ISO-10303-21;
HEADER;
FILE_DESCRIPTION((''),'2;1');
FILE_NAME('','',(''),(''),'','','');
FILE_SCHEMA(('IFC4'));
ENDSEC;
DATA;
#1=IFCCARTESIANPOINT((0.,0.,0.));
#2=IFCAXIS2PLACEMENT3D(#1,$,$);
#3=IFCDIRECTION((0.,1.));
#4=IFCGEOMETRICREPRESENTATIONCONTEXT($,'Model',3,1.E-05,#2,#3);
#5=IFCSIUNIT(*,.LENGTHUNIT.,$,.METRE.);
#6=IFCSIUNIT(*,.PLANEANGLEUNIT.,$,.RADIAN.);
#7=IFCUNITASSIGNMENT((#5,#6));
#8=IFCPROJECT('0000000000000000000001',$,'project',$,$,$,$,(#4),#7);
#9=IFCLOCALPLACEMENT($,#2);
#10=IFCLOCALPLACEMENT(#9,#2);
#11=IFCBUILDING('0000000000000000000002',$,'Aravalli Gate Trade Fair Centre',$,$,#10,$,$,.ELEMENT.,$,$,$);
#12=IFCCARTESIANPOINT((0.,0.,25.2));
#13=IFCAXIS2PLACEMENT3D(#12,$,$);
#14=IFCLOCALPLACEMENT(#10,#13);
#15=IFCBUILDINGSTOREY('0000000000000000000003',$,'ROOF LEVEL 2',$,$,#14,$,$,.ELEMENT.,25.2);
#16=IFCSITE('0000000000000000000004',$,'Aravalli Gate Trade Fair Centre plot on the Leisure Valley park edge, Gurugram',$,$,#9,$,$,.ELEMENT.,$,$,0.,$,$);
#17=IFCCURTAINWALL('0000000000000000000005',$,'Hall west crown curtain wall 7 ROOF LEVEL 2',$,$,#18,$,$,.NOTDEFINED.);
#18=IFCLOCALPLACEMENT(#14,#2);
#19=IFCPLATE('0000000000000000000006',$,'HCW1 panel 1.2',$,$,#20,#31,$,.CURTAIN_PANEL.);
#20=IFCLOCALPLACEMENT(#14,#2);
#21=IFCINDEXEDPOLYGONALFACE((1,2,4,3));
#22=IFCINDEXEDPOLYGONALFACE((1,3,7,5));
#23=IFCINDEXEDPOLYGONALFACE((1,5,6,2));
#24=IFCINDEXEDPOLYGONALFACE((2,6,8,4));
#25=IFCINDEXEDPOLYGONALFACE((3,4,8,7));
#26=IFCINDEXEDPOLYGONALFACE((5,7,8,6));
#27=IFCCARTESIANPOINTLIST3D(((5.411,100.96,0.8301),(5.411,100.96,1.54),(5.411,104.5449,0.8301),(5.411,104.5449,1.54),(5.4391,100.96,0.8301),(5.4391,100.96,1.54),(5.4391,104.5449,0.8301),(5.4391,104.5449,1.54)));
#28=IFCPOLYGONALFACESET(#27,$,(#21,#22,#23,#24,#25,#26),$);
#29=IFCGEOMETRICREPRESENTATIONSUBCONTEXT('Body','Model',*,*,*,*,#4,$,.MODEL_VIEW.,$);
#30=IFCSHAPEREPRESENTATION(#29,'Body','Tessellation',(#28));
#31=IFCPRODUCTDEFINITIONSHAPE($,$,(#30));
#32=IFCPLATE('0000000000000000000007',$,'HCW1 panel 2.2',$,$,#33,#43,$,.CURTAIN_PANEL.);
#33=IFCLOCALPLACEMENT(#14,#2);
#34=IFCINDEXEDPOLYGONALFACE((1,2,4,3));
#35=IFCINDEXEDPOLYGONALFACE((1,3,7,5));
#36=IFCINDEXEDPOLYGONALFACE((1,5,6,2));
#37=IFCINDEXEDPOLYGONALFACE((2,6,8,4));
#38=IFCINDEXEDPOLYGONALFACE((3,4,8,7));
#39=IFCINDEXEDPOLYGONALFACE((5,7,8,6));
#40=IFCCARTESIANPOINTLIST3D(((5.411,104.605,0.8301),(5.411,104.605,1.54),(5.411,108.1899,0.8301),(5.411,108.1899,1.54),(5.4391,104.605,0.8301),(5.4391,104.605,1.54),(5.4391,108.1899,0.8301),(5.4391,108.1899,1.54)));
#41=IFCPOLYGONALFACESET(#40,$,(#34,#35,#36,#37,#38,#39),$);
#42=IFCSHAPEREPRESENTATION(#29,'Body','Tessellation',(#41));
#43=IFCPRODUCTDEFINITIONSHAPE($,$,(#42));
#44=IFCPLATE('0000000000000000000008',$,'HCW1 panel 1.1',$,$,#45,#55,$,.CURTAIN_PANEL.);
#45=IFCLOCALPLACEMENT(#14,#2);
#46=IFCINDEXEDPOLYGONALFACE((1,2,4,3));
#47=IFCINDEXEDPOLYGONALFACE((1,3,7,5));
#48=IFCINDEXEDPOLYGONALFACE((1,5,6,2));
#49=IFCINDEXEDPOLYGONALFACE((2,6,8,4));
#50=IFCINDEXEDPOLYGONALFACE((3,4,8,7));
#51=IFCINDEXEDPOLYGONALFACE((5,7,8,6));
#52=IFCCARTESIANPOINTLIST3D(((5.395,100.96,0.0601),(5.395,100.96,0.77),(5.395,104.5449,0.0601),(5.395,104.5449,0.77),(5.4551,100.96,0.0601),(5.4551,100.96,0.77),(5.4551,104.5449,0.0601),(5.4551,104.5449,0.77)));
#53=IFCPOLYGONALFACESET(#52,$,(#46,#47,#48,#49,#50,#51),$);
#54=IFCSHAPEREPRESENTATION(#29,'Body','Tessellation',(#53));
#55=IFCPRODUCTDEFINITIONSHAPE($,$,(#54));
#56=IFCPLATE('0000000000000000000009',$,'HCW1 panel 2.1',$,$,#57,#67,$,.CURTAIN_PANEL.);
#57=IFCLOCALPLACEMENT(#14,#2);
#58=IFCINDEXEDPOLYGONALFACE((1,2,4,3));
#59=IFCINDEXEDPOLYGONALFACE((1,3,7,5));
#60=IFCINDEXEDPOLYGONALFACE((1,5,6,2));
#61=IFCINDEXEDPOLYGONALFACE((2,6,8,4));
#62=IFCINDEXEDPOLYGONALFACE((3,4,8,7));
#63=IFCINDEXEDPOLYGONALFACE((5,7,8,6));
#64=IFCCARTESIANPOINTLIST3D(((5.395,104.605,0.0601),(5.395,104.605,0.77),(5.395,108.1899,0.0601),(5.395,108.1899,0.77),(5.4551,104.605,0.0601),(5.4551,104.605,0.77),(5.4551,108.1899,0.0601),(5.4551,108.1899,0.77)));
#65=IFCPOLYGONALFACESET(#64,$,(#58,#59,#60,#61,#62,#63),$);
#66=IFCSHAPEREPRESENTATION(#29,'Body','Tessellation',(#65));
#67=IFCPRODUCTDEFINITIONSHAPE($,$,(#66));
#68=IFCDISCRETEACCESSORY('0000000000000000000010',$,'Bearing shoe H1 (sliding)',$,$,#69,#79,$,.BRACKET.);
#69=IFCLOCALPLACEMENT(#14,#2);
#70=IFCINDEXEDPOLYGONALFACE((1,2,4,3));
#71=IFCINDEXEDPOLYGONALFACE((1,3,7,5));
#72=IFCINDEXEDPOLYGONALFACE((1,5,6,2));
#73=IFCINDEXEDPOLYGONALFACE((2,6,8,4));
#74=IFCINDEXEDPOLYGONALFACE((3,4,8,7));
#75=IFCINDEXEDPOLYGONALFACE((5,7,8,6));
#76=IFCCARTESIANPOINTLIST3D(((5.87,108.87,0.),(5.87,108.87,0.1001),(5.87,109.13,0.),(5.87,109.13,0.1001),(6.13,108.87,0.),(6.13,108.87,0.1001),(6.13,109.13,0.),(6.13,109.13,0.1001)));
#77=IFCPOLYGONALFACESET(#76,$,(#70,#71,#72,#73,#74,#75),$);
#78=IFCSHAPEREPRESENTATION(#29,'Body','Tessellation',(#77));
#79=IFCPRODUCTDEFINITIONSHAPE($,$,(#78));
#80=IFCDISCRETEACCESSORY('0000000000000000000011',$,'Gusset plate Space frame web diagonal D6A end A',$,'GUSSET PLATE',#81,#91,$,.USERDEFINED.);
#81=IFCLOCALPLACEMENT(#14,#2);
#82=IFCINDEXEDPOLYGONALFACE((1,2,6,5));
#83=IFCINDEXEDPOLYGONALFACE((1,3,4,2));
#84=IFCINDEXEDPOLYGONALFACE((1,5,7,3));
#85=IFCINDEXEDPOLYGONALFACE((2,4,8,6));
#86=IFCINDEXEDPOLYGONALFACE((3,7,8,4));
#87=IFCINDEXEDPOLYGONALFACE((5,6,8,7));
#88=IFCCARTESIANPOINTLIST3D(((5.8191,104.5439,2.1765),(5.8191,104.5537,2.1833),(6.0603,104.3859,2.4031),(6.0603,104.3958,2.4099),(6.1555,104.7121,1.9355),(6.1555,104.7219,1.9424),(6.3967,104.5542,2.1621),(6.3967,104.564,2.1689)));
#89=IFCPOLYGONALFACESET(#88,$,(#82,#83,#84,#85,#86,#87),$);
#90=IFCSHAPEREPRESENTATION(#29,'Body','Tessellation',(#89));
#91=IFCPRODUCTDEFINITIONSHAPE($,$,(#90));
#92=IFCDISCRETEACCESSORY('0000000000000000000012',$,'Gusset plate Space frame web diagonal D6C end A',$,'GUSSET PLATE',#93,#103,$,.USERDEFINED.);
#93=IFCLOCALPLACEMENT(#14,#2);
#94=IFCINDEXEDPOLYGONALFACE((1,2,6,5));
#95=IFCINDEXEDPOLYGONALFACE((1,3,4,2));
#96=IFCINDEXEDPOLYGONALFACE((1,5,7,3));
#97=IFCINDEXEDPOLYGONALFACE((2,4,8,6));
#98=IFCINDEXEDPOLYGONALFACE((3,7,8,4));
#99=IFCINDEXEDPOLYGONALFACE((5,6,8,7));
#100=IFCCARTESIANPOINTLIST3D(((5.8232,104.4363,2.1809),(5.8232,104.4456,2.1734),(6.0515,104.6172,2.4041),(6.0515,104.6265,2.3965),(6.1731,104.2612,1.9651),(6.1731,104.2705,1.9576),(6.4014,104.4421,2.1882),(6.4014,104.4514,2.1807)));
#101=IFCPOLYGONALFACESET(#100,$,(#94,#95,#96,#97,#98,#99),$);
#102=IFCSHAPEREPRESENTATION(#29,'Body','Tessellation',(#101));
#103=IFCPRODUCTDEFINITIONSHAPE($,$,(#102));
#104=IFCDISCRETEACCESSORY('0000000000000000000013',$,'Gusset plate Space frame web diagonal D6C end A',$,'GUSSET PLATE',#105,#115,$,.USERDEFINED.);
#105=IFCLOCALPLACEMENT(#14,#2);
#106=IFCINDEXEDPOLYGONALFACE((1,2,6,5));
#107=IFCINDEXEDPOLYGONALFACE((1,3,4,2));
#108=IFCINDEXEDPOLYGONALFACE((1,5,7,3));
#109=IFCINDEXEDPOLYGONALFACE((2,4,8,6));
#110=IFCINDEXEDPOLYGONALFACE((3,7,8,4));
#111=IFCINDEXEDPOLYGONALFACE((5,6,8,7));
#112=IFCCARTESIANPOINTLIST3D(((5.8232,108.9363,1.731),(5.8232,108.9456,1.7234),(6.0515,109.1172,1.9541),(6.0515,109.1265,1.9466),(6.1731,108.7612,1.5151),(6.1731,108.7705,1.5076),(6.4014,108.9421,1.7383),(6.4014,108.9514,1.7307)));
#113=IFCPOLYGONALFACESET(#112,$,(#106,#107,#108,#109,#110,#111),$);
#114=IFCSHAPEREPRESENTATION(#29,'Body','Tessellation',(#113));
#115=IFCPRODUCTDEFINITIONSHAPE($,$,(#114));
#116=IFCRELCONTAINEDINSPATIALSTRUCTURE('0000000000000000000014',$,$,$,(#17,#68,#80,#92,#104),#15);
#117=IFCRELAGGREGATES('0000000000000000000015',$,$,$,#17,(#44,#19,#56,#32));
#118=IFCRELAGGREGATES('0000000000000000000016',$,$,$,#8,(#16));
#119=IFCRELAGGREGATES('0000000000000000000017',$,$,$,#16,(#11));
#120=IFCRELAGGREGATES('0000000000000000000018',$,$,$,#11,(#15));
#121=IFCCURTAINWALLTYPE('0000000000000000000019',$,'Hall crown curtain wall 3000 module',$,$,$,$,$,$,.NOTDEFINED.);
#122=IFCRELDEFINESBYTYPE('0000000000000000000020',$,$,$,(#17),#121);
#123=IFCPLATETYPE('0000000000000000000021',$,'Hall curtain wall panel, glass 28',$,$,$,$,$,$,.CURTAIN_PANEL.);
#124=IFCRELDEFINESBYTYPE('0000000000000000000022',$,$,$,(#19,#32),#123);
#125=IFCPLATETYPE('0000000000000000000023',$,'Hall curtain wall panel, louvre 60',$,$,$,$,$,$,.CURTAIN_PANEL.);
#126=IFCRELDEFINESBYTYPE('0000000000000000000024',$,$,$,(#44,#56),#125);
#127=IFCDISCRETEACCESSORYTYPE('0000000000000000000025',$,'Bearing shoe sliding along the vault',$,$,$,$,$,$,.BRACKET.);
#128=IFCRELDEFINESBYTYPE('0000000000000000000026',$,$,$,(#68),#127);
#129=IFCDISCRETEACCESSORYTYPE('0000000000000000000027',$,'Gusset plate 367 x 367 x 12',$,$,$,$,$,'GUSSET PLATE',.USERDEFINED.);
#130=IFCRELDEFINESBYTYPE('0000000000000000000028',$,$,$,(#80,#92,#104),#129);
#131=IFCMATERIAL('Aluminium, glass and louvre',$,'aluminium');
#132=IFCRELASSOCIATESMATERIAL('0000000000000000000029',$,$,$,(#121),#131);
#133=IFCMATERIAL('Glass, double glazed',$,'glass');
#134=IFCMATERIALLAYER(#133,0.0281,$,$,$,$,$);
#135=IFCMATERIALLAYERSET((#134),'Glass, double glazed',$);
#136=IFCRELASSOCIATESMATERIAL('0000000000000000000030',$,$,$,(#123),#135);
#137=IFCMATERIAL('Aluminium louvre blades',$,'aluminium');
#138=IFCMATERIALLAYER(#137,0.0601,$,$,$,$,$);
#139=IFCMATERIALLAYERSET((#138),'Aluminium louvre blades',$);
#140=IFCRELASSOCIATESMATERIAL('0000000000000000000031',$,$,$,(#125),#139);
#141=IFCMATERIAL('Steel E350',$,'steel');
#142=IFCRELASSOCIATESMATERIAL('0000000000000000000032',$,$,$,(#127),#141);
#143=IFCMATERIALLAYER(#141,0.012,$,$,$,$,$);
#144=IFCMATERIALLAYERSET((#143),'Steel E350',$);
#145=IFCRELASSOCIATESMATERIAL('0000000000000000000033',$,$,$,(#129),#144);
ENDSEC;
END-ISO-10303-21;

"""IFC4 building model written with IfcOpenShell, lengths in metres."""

from ifc_helpers import new_model, si_unit, direction, frame, origin, origin_2d, place, context, subcontext, project, spatial, polyline, rectangle, outline, extrude, material, layer, layer_set, type_object, element, aggregate, save


model = new_model("IFC4")

# Units and contexts
model_context = context("Model", 3, precision=1e-05, world=origin(), true_north=direction((0.0, 1.0)))
body_context = subcontext(model_context, "Body", "Model", "MODEL_VIEW")
ifc_project = project(units=[si_unit("LENGTHUNIT", "METRE"), si_unit("PLANEANGLEUNIT", "RADIAN")], contexts=[model_context])

# Site, building, storey
site_placement = place(None, origin())
site = spatial("IfcSite", under=ifc_project, at=site_placement, Name="Aravalli Gate Trade Fair Centre plot on the Leisure Valley park edge, Gurugram", CompositionType="ELEMENT", RefElevation=0.0)
building_placement = place(site_placement, origin())
building = spatial("IfcBuilding", under=site, at=building_placement, Name="Aravalli Gate Trade Fair Centre", CompositionType="ELEMENT")
storey_placement = place(building_placement, frame((0.0, 0.0, 25.2)))
storey = spatial("IfcBuildingStorey", under=building, at=storey_placement, Name="ROOF LEVEL 2", CompositionType="ELEMENT", Elevation=25.2)

# Shared definitions
ifc_material_1 = material(Name="Steel E350", Category="steel")

# Shared definitions
ifc_material_2 = material(Name="Aluminium, glass and louvre", Category="aluminium")
curtain_wall_type = type_object("IfcCurtainWallType", Name="Hall crown curtain wall 3000 module", PredefinedType="NOTDEFINED", material=ifc_material_2)

# Curtain wall
curtain_wall_1_placement = place(storey_placement, origin())
curtain_wall_1 = element("IfcCurtainWall", 1, at=curtain_wall_1_placement, inside=storey, type_object=curtain_wall_type, Name="Hall west crown curtain wall 7 ROOF LEVEL 2", PredefinedType="NOTDEFINED")

# Plates
ifc_material_3 = material(Name="Glass, double glazed", Category="glass")
ifc_layer_1 = layer(ifc_material_3, 0.0281)
ifc_layer_set_1 = layer_set([ifc_layer_1], Name="Glass, double glazed")
plate_type_1 = type_object("IfcPlateType", Name="Hall curtain wall panel, glass 28", PredefinedType="CURTAIN_PANEL", material=ifc_layer_set_1)
plate_1_placement = place(storey_placement, frame((5.425, 102.7524, 0.8301), z_axis=(0.0, 0.0, 1.0), x_axis=(0.0, 1.0, 0.0)))
plate_1 = element("IfcPlate", 2, at=plate_1_placement, type_object=plate_type_1, Name="HCW1 panel 1.2", PredefinedType="CURTAIN_PANEL", context=body_context, shape_type="SweptSolid", body=[
    extrude(rectangle(XDim=3.585, YDim=0.0281, at=origin_2d()), origin(), (0.0, 0.0, 1.0), 0.71),
])
plate_2_placement = place(storey_placement, frame((5.425, 106.3975, 0.8301), z_axis=(0.0, 0.0, 1.0), x_axis=(0.0, 1.0, 0.0)))
plate_2 = element("IfcPlate", 3, at=plate_2_placement, type_object=plate_type_1, Name="HCW1 panel 2.2", PredefinedType="CURTAIN_PANEL", context=body_context, shape_type="SweptSolid", body=[
    extrude(rectangle(XDim=3.585, YDim=0.0281, at=origin_2d()), origin(), (0.0, 0.0, 1.0), 0.71),
])
ifc_material_4 = material(Name="Aluminium louvre blades", Category="aluminium")
ifc_layer_2 = layer(ifc_material_4, 0.0601)
ifc_layer_set_2 = layer_set([ifc_layer_2], Name="Aluminium louvre blades")
plate_type_2 = type_object("IfcPlateType", Name="Hall curtain wall panel, louvre 60", PredefinedType="CURTAIN_PANEL", material=ifc_layer_set_2)
plate_3_placement = place(storey_placement, frame((5.425, 102.7524, 0.0601), z_axis=(0.0, 0.0, 1.0), x_axis=(0.0, 1.0, 0.0)))
plate_3 = element("IfcPlate", 4, at=plate_3_placement, type_object=plate_type_2, Name="HCW1 panel 1.1", PredefinedType="CURTAIN_PANEL", context=body_context, shape_type="SweptSolid", body=[
    extrude(rectangle(XDim=3.585, YDim=0.0601, at=origin_2d()), origin(), (0.0, 0.0, 1.0), 0.71),
])
plate_4_placement = place(storey_placement, frame((5.425, 106.3975, 0.0601), z_axis=(0.0, 0.0, 1.0), x_axis=(0.0, 1.0, 0.0)))
plate_4 = element("IfcPlate", 5, at=plate_4_placement, type_object=plate_type_2, Name="HCW1 panel 2.1", PredefinedType="CURTAIN_PANEL", context=body_context, shape_type="SweptSolid", body=[
    extrude(rectangle(XDim=3.585, YDim=0.0601, at=origin_2d()), origin(), (0.0, 0.0, 1.0), 0.71),
])
aggregate(curtain_wall_1, [plate_3, plate_1, plate_4, plate_2])

# Discrete accessories
discrete_accessory_type_1 = type_object("IfcDiscreteAccessoryType", Name="Bearing shoe sliding along the vault", PredefinedType="BRACKET", material=ifc_material_1)
discrete_accessory_1_placement = place(storey_placement, frame((6.0, 109.0, 0.0), z_axis=(0.0, 0.0, 1.0), x_axis=(1.0, 0.0, 0.0)))
element("IfcDiscreteAccessory", 6, at=discrete_accessory_1_placement, inside=storey, type_object=discrete_accessory_type_1, Name="Bearing shoe H1 (sliding)", PredefinedType="BRACKET", context=body_context, shape_type="SweptSolid", body=[
    extrude(rectangle(XDim=0.26, YDim=0.26, at=origin_2d()), origin(), (0.0, 0.0, 1.0), 0.1001),
])
ifc_layer_3 = layer(ifc_material_1, 0.012)
ifc_layer_set_3 = layer_set([ifc_layer_3], Name="Steel E350")
discrete_accessory_type_2 = type_object("IfcDiscreteAccessoryType", Name="Gusset plate 367 x 367 x 12", ElementType="GUSSET PLATE", PredefinedType="USERDEFINED", material=ifc_layer_set_3)
discrete_accessory_2_placement = place(storey_placement, frame((6.1555, 104.7219, 1.9424), z_axis=(-0.000292, 0.820164, 0.572128), x_axis=(-0.753132, -0.376566, 0.539435)))
element("IfcDiscreteAccessory", 7, at=discrete_accessory_2_placement, inside=storey, type_object=discrete_accessory_type_2, Name="Gusset plate Space frame web diagonal D6A end A", ObjectType="GUSSET PLATE", PredefinedType="USERDEFINED", context=body_context, shape_type="SweptSolid", body=[
    extrude(outline(polyline([(0.0, 0.0), (0.4467, 0.0), (0.4467, 0.3667), (0.0, 0.3667), (0.0, 0.0)])), origin(), (0.0, 0.0, -1.0), 0.012),
])
for number, where, z_axis, x_axis, name in (
    (8, (6.1731, 104.2612, 1.9651), (-0.000107, -0.776736, 0.629826), (-0.783044, 0.391795, 0.48305), "Gusset plate Space frame web diagonal D6C end A"),
    (9, (6.1731, 108.7612, 1.5151), (-0.000107, -0.776736, 0.629826), (-0.783044, 0.391795, 0.48305), "Gusset plate Space frame web diagonal D6C end A"),
):
    element("IfcDiscreteAccessory", number, at=place(storey_placement, frame(where, z_axis=z_axis, x_axis=x_axis)), inside=storey, type_object=discrete_accessory_type_2, Name=name, ObjectType="GUSSET PLATE", PredefinedType="USERDEFINED", context=body_context, shape_type="SweptSolid", body=[
        extrude(outline(polyline([(0.0, 0.0), (0.4468, 0.0), (0.4467, -0.3669), (-0.0001, -0.3669), (0.0, 0.0)])), origin(), (0.0, 0.0, -1.0), 0.012),
    ])

save(model, "model.ifc")
